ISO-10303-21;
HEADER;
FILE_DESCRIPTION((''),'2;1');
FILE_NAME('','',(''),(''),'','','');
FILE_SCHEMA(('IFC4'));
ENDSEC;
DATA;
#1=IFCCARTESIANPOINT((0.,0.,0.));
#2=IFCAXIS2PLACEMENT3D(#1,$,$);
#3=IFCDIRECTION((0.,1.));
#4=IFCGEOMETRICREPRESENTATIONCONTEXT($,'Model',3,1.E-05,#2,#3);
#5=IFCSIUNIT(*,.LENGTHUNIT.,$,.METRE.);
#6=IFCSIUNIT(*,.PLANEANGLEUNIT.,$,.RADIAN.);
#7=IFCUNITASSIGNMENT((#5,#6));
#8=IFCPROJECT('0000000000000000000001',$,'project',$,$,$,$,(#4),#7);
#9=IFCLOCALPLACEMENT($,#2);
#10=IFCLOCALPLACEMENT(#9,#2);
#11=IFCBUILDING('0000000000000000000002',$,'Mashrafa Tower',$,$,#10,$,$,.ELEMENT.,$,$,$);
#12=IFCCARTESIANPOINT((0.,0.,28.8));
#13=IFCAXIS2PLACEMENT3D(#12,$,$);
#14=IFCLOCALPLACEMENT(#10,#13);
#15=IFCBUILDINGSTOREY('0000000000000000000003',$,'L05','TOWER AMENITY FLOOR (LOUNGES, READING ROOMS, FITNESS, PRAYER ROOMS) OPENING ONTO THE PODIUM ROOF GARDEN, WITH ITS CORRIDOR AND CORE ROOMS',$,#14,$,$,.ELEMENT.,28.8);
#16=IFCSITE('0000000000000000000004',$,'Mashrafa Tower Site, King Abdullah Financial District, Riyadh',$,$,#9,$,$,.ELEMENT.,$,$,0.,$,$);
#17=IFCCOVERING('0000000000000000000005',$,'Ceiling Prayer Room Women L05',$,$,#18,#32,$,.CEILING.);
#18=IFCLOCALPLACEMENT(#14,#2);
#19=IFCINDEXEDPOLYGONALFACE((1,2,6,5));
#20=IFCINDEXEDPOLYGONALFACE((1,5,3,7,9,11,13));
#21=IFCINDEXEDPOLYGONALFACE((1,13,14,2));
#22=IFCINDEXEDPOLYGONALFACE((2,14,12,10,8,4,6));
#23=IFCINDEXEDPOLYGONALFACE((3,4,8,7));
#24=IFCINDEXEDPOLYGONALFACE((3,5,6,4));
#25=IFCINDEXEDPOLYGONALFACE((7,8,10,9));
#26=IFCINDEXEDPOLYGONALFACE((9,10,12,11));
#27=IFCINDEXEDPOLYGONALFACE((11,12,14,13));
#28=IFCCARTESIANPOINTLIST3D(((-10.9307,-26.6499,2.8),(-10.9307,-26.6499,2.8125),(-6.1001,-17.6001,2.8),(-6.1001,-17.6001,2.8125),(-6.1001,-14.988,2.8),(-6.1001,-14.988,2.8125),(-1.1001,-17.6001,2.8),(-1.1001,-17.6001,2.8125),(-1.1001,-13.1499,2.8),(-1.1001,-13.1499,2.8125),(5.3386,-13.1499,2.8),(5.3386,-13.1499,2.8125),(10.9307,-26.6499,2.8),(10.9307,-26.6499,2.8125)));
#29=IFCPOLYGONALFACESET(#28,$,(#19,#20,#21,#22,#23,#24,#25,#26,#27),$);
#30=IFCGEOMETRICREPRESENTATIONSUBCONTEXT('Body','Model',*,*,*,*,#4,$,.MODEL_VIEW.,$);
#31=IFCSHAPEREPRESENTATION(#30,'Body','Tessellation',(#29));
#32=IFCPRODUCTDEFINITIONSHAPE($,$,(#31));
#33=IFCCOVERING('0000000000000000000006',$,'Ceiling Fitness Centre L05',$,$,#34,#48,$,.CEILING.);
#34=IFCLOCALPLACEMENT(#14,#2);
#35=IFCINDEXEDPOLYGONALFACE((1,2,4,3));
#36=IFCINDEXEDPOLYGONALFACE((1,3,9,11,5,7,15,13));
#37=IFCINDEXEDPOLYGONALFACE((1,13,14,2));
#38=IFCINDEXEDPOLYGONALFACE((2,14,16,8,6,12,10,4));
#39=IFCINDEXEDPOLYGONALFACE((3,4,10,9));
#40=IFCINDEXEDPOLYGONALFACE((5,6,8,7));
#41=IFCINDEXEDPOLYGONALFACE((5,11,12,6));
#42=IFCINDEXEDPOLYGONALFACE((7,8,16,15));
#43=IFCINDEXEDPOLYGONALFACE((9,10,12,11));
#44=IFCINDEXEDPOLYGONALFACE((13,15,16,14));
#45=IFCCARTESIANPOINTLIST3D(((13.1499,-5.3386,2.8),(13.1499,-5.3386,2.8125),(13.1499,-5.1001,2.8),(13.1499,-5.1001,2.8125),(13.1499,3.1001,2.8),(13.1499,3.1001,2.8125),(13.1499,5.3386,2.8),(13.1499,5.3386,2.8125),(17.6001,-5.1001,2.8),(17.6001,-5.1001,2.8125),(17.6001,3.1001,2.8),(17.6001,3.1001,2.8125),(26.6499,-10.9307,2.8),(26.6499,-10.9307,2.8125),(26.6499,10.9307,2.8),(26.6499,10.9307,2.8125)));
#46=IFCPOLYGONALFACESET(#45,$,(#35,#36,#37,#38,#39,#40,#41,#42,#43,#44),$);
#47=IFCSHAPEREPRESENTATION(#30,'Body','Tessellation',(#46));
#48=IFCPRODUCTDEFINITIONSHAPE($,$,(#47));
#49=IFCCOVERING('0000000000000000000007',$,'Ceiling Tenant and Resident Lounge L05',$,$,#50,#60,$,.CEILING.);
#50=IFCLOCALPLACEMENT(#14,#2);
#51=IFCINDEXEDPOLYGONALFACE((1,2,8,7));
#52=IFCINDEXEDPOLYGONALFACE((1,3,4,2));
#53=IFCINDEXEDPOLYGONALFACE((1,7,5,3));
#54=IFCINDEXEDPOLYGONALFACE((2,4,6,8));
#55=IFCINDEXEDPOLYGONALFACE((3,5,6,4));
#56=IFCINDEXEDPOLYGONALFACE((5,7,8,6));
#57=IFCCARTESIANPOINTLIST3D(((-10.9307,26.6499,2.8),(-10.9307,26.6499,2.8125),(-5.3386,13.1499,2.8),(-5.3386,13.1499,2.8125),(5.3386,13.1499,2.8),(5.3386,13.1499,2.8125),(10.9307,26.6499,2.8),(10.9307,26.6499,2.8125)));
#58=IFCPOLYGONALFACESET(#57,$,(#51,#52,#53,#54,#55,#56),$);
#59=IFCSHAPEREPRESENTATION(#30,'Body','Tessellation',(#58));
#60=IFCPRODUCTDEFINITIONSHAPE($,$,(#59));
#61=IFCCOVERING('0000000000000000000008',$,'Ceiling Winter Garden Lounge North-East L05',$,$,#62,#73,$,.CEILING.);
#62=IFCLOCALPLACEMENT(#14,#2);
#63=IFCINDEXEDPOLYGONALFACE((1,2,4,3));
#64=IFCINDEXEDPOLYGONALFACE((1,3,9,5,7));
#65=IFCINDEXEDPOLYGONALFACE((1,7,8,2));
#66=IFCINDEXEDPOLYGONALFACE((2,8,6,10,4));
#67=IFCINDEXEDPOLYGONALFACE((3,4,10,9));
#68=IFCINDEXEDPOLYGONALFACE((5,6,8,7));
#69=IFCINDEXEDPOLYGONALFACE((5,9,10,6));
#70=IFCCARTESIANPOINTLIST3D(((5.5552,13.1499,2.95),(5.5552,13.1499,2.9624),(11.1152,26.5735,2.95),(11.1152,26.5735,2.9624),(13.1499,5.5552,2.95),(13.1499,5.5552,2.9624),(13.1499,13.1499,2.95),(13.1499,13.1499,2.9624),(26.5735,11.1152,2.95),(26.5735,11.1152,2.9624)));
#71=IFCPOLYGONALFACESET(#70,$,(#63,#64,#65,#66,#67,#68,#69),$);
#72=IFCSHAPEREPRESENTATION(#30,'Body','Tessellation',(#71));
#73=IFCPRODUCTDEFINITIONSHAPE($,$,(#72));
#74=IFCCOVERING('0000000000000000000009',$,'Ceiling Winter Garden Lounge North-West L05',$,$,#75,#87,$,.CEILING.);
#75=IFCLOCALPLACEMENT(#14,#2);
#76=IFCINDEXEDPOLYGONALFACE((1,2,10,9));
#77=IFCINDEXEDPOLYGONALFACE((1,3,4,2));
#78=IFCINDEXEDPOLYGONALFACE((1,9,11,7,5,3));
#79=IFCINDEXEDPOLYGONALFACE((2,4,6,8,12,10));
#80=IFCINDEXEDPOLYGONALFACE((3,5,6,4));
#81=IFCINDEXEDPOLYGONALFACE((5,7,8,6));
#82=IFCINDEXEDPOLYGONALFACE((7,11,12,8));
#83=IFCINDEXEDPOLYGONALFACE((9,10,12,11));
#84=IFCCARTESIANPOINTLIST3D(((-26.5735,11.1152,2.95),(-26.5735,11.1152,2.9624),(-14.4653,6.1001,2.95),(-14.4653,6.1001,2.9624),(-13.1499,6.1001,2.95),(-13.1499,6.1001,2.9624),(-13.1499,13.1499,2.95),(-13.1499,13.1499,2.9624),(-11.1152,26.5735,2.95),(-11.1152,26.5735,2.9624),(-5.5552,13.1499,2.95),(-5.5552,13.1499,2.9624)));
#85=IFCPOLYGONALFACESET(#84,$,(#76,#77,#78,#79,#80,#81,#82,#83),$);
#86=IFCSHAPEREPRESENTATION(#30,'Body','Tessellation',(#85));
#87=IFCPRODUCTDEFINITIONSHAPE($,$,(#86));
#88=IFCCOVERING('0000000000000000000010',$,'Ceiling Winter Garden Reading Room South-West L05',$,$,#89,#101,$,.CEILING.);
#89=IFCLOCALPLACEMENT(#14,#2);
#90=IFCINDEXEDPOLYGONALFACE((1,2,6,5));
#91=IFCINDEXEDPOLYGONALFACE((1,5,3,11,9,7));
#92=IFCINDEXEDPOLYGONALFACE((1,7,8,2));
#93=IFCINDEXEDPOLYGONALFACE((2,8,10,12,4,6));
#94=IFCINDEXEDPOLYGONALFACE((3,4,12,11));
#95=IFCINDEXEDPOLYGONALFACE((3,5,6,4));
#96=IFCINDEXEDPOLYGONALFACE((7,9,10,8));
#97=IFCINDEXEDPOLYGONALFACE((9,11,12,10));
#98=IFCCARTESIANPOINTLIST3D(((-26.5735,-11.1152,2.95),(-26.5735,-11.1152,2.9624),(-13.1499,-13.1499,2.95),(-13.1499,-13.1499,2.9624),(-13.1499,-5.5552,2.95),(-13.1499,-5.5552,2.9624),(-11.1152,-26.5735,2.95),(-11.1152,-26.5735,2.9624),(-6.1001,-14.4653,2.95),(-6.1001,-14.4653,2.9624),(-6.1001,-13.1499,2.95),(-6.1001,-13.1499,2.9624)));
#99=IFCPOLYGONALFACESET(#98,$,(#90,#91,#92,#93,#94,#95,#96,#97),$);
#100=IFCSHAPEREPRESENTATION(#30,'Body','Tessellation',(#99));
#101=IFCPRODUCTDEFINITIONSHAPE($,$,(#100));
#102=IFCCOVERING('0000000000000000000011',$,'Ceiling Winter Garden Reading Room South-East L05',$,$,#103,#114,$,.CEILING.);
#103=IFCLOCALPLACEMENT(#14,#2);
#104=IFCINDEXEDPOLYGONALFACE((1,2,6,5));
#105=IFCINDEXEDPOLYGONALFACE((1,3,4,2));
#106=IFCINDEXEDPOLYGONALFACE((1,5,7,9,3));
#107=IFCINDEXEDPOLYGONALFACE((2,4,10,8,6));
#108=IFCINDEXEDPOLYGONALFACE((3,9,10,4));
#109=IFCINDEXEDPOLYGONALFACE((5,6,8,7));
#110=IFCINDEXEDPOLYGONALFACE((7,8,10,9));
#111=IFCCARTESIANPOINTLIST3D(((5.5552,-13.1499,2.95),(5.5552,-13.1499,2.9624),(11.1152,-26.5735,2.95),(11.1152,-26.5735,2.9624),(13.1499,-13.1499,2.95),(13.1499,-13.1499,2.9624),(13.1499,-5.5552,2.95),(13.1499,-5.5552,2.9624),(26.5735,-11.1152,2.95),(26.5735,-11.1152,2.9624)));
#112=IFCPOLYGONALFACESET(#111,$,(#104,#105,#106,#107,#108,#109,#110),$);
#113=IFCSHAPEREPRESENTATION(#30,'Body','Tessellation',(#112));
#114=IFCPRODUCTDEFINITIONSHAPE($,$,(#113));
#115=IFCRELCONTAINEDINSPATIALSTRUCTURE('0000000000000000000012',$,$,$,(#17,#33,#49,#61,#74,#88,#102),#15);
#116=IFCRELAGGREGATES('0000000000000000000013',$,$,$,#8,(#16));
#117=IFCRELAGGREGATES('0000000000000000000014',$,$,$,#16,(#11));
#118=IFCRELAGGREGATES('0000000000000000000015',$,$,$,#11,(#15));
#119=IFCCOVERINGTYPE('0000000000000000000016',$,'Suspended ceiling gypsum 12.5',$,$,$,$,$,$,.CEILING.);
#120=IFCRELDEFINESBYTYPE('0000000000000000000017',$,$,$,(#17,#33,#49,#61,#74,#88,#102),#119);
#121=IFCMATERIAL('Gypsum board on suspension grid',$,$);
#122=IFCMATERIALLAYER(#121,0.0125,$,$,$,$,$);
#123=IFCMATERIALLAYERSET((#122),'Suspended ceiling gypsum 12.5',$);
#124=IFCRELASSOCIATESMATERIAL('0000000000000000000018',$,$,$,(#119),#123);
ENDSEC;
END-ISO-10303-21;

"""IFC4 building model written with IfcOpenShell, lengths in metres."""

from ifc_helpers import new_model, si_unit, direction, frame, origin, place, context, subcontext, project, spatial, polyline, outline, extrude, material, layer, layer_set, type_object, element, save


model = new_model("IFC4")

# Units and contexts
model_context = context("Model", 3, precision=1e-05, world=origin(), true_north=direction((0.0, 1.0)))
body_context = subcontext(model_context, "Body", "Model", "MODEL_VIEW")
ifc_project = project(units=[si_unit("LENGTHUNIT", "METRE"), si_unit("PLANEANGLEUNIT", "RADIAN")], contexts=[model_context])

# Site, building, storey
site_placement = place(None, origin())
site = spatial("IfcSite", under=ifc_project, at=site_placement, Name="Mashrafa Tower Site, King Abdullah Financial District, Riyadh", CompositionType="ELEMENT", RefElevation=0.0)
building_placement = place(site_placement, origin())
building = spatial("IfcBuilding", under=site, at=building_placement, Name="Mashrafa Tower", CompositionType="ELEMENT")
storey_placement = place(building_placement, frame((0.0, 0.0, 28.8)))
storey = spatial("IfcBuildingStorey", under=building, at=storey_placement, Name="L05", Description="TOWER AMENITY FLOOR (LOUNGES, READING ROOMS, FITNESS, PRAYER ROOMS) OPENING ONTO THE PODIUM ROOF GARDEN, WITH ITS CORRIDOR AND CORE ROOMS", CompositionType="ELEMENT", Elevation=28.8)

# Coverings
ifc_material_1 = material(Name="Gypsum board on suspension grid")
ifc_layer_1 = layer(ifc_material_1, 0.0125)
ifc_layer_set_1 = layer_set([ifc_layer_1], Name="Suspended ceiling gypsum 12.5")
covering_type = type_object("IfcCoveringType", Name="Suspended ceiling gypsum 12.5", PredefinedType="CEILING", material=ifc_layer_set_1)
covering_1_placement = place(storey_placement, frame((0.0, 0.0, 2.8)))
element("IfcCovering", 1, at=covering_1_placement, inside=storey, type_object=covering_type, Name="Ceiling Prayer Room Women L05", PredefinedType="CEILING", context=body_context, shape_type="SweptSolid", body=[
    extrude(outline(polyline([(-1.1001, -13.1499), (5.3386, -13.1499), (10.9307, -26.6499), (-10.9307, -26.6499), (-6.1001, -14.988), (-6.1001, -17.6001), (-1.1001, -17.6001), (-1.1001, -13.1499)])), origin(), (0.0, 0.0, 1.0), 0.0125),
])
covering_2_placement = place(storey_placement, frame((0.0, 0.0, 2.8)))
element("IfcCovering", 2, at=covering_2_placement, inside=storey, type_object=covering_type, Name="Ceiling Fitness Centre L05", PredefinedType="CEILING", context=body_context, shape_type="SweptSolid", body=[
    extrude(outline(polyline([(13.1499, -5.3386), (13.1499, -5.1001), (17.6001, -5.1001), (17.6001, 3.1001), (13.1499, 3.1001), (13.1499, 5.3386), (26.6499, 10.9307), (26.6499, -10.9307), (13.1499, -5.3386)])), origin(), (0.0, 0.0, 1.0), 0.0125),
])
covering_3_placement = place(storey_placement, frame((0.0, 0.0, 2.8)))
element("IfcCovering", 3, at=covering_3_placement, inside=storey, type_object=covering_type, Name="Ceiling Tenant and Resident Lounge L05", PredefinedType="CEILING", context=body_context, shape_type="SweptSolid", body=[
    extrude(outline(polyline([(5.3386, 13.1499), (-5.3386, 13.1499), (-10.9307, 26.6499), (10.9307, 26.6499), (5.3386, 13.1499)])), origin(), (0.0, 0.0, 1.0), 0.0125),
])
covering_4_placement = place(storey_placement, frame((0.0, 0.0, 2.95)))
element("IfcCovering", 4, at=covering_4_placement, inside=storey, type_object=covering_type, Name="Ceiling Winter Garden Lounge North-East L05", PredefinedType="CEILING", context=body_context, shape_type="SweptSolid", body=[
    extrude(outline(polyline([(13.1499, 5.5552), (13.1499, 13.1499), (5.5552, 13.1499), (11.1152, 26.5735), (26.5735, 11.1152), (13.1499, 5.5552)])), origin(), (0.0, 0.0, 1.0), 0.0125),
])
covering_5_placement = place(storey_placement, frame((0.0, 0.0, 2.95)))
element("IfcCovering", 5, at=covering_5_placement, inside=storey, type_object=covering_type, Name="Ceiling Winter Garden Lounge North-West L05", PredefinedType="CEILING", context=body_context, shape_type="SweptSolid", body=[
    extrude(outline(polyline([(-5.5552, 13.1499), (-13.1499, 13.1499), (-13.1499, 6.1001), (-14.4653, 6.1001), (-26.5735, 11.1152), (-11.1152, 26.5735), (-5.5552, 13.1499)])), origin(), (0.0, 0.0, 1.0), 0.0125),
])
covering_6_placement = place(storey_placement, frame((0.0, 0.0, 2.95)))
element("IfcCovering", 6, at=covering_6_placement, inside=storey, type_object=covering_type, Name="Ceiling Winter Garden Reading Room South-West L05", PredefinedType="CEILING", context=body_context, shape_type="SweptSolid", body=[
    extrude(outline(polyline([(-13.1499, -5.5552), (-13.1499, -13.1499), (-6.1001, -13.1499), (-6.1001, -14.4653), (-11.1152, -26.5735), (-26.5735, -11.1152), (-13.1499, -5.5552)])), origin(), (0.0, 0.0, 1.0), 0.0125),
])
covering_7_placement = place(storey_placement, frame((0.0, 0.0, 2.95)))
element("IfcCovering", 7, at=covering_7_placement, inside=storey, type_object=covering_type, Name="Ceiling Winter Garden Reading Room South-East L05", PredefinedType="CEILING", context=body_context, shape_type="SweptSolid", body=[
    extrude(outline(polyline([(5.5552, -13.1499), (13.1499, -13.1499), (13.1499, -5.5552), (26.5735, -11.1152), (11.1152, -26.5735), (5.5552, -13.1499)])), origin(), (0.0, 0.0, 1.0), 0.0125),
])

save(model, "model.ifc")
